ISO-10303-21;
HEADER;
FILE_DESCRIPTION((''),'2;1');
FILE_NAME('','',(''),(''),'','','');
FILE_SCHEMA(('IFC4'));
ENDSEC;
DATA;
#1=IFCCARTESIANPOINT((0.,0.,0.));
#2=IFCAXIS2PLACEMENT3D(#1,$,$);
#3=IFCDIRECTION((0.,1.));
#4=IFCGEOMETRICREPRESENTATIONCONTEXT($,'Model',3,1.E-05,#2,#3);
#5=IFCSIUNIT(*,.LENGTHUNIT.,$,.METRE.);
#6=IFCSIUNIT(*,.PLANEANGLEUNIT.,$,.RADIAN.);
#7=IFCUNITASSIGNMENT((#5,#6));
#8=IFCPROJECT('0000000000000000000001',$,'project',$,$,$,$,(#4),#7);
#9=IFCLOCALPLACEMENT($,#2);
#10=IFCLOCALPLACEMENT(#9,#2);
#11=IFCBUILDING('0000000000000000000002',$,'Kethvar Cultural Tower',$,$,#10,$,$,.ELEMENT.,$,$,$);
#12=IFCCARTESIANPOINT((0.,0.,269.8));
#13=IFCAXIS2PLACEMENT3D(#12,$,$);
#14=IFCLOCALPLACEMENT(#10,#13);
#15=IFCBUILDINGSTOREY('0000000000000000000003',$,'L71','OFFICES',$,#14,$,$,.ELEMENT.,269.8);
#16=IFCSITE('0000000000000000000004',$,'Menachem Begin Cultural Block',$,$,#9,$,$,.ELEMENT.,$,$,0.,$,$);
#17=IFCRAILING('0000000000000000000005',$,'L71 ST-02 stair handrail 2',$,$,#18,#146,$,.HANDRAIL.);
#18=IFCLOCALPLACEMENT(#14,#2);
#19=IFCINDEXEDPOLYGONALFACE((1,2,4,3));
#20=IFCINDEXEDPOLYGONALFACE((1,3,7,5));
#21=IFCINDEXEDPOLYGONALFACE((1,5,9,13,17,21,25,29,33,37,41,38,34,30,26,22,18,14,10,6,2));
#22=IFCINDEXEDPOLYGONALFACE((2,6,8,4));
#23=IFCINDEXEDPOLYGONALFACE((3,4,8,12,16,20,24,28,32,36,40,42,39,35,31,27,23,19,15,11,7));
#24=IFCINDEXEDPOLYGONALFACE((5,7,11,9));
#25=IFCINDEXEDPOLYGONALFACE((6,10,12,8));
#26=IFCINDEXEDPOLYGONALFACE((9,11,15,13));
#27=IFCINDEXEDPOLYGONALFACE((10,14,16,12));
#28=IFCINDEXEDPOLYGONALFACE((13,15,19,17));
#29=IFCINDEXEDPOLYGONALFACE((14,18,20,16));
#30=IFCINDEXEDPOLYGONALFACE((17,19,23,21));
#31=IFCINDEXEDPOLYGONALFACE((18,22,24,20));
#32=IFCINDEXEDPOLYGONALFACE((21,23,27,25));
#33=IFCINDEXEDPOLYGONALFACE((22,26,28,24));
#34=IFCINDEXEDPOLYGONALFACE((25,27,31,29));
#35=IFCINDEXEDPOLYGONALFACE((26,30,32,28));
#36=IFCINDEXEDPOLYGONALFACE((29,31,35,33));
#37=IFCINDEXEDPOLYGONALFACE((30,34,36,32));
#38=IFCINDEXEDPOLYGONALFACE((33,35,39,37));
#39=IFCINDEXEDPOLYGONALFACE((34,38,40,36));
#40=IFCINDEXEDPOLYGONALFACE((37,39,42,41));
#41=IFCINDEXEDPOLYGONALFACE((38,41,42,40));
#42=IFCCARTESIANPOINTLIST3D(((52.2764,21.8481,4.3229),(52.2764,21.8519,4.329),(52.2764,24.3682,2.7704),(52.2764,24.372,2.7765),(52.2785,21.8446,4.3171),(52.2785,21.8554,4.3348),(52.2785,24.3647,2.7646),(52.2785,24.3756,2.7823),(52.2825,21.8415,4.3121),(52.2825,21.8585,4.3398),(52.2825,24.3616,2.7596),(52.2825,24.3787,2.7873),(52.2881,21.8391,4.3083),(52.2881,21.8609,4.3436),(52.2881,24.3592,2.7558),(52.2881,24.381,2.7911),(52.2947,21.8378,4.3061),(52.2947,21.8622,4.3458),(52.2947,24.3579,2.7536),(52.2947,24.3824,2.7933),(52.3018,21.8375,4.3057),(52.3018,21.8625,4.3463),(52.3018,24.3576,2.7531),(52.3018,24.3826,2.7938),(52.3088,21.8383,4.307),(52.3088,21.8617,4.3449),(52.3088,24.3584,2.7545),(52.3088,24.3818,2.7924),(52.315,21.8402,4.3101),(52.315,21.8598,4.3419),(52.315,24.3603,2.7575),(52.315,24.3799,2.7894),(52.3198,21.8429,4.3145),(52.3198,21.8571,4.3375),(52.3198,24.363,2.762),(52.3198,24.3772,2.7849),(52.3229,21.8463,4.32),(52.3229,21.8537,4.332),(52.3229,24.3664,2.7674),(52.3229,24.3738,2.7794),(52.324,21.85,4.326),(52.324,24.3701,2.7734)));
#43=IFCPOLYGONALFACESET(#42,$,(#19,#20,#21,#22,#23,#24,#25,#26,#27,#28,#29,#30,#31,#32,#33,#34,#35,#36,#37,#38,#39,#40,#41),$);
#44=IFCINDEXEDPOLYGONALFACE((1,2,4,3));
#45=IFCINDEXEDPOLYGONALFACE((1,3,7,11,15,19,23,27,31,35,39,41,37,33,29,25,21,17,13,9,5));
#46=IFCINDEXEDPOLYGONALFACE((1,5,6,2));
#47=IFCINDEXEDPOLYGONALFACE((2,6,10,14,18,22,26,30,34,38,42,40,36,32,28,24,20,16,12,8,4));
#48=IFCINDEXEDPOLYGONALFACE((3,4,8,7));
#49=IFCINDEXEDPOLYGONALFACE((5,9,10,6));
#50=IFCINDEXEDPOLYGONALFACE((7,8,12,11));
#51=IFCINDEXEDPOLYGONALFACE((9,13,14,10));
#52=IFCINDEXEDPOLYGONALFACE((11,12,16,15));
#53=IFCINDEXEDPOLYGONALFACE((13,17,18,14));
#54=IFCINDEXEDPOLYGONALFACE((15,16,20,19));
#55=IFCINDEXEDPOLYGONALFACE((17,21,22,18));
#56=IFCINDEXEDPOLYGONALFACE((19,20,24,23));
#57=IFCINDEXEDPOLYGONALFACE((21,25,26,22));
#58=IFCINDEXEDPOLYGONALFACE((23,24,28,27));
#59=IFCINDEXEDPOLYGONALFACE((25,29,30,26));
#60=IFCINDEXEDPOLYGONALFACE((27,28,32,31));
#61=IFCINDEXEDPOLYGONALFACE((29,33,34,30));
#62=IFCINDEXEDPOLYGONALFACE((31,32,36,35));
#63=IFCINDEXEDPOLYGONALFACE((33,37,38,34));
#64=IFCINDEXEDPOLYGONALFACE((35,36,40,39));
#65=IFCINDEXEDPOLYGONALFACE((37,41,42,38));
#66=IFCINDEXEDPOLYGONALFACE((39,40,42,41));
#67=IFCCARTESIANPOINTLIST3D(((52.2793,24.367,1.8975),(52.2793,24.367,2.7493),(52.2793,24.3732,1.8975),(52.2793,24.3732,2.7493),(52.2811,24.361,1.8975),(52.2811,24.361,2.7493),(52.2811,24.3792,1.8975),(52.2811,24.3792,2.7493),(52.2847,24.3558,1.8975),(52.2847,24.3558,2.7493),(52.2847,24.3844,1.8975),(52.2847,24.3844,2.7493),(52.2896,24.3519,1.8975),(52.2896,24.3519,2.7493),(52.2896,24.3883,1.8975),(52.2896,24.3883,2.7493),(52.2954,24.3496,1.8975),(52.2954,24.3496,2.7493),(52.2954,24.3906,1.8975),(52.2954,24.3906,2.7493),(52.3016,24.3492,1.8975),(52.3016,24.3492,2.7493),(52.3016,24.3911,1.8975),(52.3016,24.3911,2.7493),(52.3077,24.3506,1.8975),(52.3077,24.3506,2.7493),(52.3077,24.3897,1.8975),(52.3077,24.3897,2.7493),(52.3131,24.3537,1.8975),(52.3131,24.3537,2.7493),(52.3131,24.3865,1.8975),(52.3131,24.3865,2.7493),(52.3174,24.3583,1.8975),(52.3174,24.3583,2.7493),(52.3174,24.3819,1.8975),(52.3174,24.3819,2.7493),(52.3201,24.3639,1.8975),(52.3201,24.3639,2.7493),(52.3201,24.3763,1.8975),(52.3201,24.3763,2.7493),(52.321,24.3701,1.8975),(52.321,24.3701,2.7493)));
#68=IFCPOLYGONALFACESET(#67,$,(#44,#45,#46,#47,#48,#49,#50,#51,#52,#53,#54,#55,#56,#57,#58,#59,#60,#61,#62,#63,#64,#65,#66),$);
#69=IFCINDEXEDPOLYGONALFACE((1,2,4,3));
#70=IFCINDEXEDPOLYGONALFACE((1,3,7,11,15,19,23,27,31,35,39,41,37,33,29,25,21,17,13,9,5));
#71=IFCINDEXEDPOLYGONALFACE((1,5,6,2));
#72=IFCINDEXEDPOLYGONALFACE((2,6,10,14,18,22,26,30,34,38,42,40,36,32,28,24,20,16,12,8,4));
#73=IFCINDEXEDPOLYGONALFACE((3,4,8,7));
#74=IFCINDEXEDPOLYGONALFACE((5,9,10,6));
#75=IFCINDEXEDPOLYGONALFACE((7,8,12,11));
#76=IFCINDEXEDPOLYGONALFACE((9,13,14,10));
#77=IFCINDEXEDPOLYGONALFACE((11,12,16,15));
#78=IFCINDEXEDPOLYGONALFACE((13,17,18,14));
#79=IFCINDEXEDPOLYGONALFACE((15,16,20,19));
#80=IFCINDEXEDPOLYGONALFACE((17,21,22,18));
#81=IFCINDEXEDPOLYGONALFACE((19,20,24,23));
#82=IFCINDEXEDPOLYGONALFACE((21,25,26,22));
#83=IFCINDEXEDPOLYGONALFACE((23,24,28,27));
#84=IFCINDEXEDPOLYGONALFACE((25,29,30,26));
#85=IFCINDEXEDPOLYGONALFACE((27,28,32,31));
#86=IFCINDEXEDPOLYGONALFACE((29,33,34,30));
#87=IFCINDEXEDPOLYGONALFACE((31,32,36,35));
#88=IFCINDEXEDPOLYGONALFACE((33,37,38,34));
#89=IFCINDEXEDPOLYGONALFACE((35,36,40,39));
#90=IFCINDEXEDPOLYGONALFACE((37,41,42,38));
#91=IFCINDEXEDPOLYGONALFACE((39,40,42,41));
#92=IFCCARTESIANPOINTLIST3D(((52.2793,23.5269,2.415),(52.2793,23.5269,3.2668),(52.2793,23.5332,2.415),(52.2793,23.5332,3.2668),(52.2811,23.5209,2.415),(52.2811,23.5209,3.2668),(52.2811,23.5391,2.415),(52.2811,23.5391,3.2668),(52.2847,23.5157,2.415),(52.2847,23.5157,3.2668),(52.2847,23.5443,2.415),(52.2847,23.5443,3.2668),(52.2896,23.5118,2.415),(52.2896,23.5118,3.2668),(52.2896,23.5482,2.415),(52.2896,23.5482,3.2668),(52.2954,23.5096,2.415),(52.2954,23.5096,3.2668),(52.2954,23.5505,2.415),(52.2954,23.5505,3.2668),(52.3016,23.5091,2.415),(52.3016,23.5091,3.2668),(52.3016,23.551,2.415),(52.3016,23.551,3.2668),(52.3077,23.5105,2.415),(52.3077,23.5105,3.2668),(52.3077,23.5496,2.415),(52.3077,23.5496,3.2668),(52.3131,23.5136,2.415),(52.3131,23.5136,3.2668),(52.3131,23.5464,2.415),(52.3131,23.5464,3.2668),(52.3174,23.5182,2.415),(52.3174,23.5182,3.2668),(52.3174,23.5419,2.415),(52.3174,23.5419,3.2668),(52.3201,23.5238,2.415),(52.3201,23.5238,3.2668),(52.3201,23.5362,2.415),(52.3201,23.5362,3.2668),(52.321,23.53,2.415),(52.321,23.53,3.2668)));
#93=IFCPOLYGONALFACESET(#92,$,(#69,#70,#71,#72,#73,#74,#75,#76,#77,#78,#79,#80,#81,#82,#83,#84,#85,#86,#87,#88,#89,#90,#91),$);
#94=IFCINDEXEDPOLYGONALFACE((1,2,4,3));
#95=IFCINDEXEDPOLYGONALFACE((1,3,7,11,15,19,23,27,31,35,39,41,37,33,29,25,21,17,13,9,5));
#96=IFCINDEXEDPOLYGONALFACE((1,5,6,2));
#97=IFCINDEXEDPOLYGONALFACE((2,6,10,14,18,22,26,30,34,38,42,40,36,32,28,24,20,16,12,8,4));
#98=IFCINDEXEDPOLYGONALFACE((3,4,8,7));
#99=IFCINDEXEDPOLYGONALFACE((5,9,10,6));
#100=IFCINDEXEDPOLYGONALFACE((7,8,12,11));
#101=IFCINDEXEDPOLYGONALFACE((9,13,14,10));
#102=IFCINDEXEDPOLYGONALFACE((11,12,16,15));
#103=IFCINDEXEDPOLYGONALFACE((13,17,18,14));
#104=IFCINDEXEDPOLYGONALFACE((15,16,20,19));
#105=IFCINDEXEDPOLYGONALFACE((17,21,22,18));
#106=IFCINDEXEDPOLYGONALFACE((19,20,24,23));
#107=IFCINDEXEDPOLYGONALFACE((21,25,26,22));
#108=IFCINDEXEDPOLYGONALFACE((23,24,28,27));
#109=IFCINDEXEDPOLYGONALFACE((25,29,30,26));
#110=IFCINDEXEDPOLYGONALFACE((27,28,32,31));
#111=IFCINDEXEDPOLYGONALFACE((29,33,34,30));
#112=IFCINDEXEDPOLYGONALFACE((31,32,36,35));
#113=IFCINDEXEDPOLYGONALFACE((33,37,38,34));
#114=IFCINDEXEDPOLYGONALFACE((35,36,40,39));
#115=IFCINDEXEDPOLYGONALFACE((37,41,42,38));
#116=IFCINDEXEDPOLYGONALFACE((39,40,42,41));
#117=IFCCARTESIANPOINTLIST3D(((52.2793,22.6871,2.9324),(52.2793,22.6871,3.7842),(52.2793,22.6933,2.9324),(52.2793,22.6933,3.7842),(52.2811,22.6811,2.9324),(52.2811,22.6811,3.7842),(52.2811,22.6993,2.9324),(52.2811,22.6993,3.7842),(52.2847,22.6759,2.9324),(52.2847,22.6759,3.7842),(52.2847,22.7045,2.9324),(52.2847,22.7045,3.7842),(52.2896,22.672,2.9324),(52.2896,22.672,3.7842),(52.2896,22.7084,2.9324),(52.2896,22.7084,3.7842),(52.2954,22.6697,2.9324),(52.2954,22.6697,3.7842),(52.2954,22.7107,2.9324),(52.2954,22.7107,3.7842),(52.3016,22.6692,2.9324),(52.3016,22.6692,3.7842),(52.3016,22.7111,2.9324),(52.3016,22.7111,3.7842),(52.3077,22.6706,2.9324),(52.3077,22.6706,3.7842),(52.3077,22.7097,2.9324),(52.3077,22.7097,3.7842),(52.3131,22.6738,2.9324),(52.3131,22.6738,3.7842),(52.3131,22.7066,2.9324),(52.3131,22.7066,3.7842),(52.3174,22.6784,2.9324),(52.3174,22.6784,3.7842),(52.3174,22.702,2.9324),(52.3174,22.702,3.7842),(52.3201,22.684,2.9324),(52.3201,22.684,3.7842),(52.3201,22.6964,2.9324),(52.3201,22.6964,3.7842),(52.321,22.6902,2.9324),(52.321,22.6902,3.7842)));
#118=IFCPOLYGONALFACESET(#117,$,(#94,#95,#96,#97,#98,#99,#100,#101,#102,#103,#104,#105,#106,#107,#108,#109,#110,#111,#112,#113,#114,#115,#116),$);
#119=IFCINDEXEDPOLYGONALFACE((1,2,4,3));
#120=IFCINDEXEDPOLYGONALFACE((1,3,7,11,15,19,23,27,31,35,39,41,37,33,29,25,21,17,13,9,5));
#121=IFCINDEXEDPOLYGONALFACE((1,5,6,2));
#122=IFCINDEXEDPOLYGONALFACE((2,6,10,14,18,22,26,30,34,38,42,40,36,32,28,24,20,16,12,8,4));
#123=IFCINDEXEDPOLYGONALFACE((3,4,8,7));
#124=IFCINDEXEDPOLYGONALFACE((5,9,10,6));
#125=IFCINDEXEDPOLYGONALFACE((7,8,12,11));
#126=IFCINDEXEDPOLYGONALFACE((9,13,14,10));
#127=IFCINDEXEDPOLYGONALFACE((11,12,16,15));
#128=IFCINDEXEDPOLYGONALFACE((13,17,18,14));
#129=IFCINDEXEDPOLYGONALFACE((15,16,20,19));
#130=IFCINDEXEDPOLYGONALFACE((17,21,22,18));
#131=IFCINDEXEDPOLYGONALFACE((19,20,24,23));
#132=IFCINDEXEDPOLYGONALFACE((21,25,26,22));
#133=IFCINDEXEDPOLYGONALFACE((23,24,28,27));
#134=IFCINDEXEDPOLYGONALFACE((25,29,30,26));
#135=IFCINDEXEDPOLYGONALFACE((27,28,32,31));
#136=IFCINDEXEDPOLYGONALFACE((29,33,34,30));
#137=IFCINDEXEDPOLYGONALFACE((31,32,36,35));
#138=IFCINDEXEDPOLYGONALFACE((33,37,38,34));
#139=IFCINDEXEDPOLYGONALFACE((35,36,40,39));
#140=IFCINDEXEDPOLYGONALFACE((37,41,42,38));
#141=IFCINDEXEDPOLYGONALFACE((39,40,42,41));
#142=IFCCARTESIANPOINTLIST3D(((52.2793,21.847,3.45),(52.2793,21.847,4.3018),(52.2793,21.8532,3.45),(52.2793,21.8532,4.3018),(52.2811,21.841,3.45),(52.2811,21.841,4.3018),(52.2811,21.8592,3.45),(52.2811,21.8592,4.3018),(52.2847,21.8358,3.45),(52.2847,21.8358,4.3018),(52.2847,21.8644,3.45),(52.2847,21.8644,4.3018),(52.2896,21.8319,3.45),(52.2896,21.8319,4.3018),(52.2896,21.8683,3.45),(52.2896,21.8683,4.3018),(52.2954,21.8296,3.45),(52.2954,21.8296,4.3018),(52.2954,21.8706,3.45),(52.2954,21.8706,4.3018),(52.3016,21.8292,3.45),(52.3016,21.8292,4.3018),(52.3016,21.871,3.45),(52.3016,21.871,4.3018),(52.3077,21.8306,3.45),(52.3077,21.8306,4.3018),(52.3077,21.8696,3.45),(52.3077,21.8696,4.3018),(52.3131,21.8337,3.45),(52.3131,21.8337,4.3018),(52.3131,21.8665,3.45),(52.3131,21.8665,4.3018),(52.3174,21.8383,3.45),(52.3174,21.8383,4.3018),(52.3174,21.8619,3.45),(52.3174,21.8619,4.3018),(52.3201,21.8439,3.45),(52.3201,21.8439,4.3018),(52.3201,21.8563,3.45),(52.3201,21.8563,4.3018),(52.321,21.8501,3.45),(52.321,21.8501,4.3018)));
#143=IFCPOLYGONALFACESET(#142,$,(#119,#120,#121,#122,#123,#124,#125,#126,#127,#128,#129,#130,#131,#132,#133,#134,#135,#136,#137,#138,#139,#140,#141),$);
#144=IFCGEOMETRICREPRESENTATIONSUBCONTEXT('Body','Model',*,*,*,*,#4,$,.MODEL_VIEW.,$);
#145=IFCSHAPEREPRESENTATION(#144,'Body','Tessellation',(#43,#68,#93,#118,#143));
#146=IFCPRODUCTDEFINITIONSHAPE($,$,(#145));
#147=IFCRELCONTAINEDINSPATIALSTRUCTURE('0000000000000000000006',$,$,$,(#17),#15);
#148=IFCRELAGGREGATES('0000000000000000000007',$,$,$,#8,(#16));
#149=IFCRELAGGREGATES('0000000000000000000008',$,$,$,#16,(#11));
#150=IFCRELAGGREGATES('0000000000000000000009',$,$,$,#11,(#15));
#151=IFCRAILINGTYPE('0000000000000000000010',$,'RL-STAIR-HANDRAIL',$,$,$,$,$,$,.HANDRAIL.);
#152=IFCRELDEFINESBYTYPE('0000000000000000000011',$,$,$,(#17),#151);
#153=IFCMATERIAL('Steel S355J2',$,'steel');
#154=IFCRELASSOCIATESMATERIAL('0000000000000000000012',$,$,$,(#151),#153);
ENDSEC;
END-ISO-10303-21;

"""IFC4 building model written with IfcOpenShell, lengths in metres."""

from ifc_helpers import new_model, si_unit, direction, frame, origin, origin_2d, place, context, subcontext, project, spatial, circle, extrude, material, type_object, element, save


model = new_model("IFC4")

# Units and contexts
model_context = context("Model", 3, precision=1e-05, world=origin(), true_north=direction((0.0, 1.0)))
body_context = subcontext(model_context, "Body", "Model", "MODEL_VIEW")
ifc_project = project(units=[si_unit("LENGTHUNIT", "METRE"), si_unit("PLANEANGLEUNIT", "RADIAN")], contexts=[model_context])

# Site, building, storey
site_placement = place(None, origin())
site = spatial("IfcSite", under=ifc_project, at=site_placement, Name="Menachem Begin Cultural Block", CompositionType="ELEMENT", RefElevation=0.0)
building_placement = place(site_placement, origin())
building = spatial("IfcBuilding", under=site, at=building_placement, Name="Kethvar Cultural Tower", CompositionType="ELEMENT")
storey_placement = place(building_placement, frame((0.0, 0.0, 269.8)))
storey = spatial("IfcBuildingStorey", under=building, at=storey_placement, Name="L71", Description="OFFICES", CompositionType="ELEMENT", Elevation=269.8)

# Shared definitions
ifc_material_1 = material(Name="Steel S355J2", Category="steel")

# Railing
railing_type_1 = type_object("IfcRailingType", Name="RL-STAIR-HANDRAIL", PredefinedType="HANDRAIL", material=ifc_material_1)
railing_1_placement = place(storey_placement, frame((52.3, 24.3701, 1.8975)))
element("IfcRailing", 1, at=railing_1_placement, inside=storey, type_object=railing_type_1, Name="L71 ST-02 stair handrail 2", PredefinedType="HANDRAIL", context=body_context, shape_type="SweptSolid", body=[
    extrude(circle(Radius=0.0239, at=origin_2d()), frame((0.0, 0.0, 0.876), z_axis=(0.0, -0.8514, 0.524516), x_axis=(1.0, 0.0, 0.0)), (0.0, 0.0, 1.0), 2.96),
    extrude(circle(Radius=0.021, at=origin_2d()), origin(), (0.0, 0.0, 1.0), 0.8518),
    extrude(circle(Radius=0.021, at=origin_2d()), frame((0.0, -0.8401, 0.5176)), (0.0, 0.0, 1.0), 0.8518),
    extrude(circle(Radius=0.021, at=origin_2d()), frame((0.0, -1.6799, 1.0349)), (0.0, 0.0, 1.0), 0.8518),
    extrude(circle(Radius=0.021, at=origin_2d()), frame((0.0, -2.52, 1.5525)), (0.0, 0.0, 1.0), 0.8518),
])

save(model, "model.ifc")
